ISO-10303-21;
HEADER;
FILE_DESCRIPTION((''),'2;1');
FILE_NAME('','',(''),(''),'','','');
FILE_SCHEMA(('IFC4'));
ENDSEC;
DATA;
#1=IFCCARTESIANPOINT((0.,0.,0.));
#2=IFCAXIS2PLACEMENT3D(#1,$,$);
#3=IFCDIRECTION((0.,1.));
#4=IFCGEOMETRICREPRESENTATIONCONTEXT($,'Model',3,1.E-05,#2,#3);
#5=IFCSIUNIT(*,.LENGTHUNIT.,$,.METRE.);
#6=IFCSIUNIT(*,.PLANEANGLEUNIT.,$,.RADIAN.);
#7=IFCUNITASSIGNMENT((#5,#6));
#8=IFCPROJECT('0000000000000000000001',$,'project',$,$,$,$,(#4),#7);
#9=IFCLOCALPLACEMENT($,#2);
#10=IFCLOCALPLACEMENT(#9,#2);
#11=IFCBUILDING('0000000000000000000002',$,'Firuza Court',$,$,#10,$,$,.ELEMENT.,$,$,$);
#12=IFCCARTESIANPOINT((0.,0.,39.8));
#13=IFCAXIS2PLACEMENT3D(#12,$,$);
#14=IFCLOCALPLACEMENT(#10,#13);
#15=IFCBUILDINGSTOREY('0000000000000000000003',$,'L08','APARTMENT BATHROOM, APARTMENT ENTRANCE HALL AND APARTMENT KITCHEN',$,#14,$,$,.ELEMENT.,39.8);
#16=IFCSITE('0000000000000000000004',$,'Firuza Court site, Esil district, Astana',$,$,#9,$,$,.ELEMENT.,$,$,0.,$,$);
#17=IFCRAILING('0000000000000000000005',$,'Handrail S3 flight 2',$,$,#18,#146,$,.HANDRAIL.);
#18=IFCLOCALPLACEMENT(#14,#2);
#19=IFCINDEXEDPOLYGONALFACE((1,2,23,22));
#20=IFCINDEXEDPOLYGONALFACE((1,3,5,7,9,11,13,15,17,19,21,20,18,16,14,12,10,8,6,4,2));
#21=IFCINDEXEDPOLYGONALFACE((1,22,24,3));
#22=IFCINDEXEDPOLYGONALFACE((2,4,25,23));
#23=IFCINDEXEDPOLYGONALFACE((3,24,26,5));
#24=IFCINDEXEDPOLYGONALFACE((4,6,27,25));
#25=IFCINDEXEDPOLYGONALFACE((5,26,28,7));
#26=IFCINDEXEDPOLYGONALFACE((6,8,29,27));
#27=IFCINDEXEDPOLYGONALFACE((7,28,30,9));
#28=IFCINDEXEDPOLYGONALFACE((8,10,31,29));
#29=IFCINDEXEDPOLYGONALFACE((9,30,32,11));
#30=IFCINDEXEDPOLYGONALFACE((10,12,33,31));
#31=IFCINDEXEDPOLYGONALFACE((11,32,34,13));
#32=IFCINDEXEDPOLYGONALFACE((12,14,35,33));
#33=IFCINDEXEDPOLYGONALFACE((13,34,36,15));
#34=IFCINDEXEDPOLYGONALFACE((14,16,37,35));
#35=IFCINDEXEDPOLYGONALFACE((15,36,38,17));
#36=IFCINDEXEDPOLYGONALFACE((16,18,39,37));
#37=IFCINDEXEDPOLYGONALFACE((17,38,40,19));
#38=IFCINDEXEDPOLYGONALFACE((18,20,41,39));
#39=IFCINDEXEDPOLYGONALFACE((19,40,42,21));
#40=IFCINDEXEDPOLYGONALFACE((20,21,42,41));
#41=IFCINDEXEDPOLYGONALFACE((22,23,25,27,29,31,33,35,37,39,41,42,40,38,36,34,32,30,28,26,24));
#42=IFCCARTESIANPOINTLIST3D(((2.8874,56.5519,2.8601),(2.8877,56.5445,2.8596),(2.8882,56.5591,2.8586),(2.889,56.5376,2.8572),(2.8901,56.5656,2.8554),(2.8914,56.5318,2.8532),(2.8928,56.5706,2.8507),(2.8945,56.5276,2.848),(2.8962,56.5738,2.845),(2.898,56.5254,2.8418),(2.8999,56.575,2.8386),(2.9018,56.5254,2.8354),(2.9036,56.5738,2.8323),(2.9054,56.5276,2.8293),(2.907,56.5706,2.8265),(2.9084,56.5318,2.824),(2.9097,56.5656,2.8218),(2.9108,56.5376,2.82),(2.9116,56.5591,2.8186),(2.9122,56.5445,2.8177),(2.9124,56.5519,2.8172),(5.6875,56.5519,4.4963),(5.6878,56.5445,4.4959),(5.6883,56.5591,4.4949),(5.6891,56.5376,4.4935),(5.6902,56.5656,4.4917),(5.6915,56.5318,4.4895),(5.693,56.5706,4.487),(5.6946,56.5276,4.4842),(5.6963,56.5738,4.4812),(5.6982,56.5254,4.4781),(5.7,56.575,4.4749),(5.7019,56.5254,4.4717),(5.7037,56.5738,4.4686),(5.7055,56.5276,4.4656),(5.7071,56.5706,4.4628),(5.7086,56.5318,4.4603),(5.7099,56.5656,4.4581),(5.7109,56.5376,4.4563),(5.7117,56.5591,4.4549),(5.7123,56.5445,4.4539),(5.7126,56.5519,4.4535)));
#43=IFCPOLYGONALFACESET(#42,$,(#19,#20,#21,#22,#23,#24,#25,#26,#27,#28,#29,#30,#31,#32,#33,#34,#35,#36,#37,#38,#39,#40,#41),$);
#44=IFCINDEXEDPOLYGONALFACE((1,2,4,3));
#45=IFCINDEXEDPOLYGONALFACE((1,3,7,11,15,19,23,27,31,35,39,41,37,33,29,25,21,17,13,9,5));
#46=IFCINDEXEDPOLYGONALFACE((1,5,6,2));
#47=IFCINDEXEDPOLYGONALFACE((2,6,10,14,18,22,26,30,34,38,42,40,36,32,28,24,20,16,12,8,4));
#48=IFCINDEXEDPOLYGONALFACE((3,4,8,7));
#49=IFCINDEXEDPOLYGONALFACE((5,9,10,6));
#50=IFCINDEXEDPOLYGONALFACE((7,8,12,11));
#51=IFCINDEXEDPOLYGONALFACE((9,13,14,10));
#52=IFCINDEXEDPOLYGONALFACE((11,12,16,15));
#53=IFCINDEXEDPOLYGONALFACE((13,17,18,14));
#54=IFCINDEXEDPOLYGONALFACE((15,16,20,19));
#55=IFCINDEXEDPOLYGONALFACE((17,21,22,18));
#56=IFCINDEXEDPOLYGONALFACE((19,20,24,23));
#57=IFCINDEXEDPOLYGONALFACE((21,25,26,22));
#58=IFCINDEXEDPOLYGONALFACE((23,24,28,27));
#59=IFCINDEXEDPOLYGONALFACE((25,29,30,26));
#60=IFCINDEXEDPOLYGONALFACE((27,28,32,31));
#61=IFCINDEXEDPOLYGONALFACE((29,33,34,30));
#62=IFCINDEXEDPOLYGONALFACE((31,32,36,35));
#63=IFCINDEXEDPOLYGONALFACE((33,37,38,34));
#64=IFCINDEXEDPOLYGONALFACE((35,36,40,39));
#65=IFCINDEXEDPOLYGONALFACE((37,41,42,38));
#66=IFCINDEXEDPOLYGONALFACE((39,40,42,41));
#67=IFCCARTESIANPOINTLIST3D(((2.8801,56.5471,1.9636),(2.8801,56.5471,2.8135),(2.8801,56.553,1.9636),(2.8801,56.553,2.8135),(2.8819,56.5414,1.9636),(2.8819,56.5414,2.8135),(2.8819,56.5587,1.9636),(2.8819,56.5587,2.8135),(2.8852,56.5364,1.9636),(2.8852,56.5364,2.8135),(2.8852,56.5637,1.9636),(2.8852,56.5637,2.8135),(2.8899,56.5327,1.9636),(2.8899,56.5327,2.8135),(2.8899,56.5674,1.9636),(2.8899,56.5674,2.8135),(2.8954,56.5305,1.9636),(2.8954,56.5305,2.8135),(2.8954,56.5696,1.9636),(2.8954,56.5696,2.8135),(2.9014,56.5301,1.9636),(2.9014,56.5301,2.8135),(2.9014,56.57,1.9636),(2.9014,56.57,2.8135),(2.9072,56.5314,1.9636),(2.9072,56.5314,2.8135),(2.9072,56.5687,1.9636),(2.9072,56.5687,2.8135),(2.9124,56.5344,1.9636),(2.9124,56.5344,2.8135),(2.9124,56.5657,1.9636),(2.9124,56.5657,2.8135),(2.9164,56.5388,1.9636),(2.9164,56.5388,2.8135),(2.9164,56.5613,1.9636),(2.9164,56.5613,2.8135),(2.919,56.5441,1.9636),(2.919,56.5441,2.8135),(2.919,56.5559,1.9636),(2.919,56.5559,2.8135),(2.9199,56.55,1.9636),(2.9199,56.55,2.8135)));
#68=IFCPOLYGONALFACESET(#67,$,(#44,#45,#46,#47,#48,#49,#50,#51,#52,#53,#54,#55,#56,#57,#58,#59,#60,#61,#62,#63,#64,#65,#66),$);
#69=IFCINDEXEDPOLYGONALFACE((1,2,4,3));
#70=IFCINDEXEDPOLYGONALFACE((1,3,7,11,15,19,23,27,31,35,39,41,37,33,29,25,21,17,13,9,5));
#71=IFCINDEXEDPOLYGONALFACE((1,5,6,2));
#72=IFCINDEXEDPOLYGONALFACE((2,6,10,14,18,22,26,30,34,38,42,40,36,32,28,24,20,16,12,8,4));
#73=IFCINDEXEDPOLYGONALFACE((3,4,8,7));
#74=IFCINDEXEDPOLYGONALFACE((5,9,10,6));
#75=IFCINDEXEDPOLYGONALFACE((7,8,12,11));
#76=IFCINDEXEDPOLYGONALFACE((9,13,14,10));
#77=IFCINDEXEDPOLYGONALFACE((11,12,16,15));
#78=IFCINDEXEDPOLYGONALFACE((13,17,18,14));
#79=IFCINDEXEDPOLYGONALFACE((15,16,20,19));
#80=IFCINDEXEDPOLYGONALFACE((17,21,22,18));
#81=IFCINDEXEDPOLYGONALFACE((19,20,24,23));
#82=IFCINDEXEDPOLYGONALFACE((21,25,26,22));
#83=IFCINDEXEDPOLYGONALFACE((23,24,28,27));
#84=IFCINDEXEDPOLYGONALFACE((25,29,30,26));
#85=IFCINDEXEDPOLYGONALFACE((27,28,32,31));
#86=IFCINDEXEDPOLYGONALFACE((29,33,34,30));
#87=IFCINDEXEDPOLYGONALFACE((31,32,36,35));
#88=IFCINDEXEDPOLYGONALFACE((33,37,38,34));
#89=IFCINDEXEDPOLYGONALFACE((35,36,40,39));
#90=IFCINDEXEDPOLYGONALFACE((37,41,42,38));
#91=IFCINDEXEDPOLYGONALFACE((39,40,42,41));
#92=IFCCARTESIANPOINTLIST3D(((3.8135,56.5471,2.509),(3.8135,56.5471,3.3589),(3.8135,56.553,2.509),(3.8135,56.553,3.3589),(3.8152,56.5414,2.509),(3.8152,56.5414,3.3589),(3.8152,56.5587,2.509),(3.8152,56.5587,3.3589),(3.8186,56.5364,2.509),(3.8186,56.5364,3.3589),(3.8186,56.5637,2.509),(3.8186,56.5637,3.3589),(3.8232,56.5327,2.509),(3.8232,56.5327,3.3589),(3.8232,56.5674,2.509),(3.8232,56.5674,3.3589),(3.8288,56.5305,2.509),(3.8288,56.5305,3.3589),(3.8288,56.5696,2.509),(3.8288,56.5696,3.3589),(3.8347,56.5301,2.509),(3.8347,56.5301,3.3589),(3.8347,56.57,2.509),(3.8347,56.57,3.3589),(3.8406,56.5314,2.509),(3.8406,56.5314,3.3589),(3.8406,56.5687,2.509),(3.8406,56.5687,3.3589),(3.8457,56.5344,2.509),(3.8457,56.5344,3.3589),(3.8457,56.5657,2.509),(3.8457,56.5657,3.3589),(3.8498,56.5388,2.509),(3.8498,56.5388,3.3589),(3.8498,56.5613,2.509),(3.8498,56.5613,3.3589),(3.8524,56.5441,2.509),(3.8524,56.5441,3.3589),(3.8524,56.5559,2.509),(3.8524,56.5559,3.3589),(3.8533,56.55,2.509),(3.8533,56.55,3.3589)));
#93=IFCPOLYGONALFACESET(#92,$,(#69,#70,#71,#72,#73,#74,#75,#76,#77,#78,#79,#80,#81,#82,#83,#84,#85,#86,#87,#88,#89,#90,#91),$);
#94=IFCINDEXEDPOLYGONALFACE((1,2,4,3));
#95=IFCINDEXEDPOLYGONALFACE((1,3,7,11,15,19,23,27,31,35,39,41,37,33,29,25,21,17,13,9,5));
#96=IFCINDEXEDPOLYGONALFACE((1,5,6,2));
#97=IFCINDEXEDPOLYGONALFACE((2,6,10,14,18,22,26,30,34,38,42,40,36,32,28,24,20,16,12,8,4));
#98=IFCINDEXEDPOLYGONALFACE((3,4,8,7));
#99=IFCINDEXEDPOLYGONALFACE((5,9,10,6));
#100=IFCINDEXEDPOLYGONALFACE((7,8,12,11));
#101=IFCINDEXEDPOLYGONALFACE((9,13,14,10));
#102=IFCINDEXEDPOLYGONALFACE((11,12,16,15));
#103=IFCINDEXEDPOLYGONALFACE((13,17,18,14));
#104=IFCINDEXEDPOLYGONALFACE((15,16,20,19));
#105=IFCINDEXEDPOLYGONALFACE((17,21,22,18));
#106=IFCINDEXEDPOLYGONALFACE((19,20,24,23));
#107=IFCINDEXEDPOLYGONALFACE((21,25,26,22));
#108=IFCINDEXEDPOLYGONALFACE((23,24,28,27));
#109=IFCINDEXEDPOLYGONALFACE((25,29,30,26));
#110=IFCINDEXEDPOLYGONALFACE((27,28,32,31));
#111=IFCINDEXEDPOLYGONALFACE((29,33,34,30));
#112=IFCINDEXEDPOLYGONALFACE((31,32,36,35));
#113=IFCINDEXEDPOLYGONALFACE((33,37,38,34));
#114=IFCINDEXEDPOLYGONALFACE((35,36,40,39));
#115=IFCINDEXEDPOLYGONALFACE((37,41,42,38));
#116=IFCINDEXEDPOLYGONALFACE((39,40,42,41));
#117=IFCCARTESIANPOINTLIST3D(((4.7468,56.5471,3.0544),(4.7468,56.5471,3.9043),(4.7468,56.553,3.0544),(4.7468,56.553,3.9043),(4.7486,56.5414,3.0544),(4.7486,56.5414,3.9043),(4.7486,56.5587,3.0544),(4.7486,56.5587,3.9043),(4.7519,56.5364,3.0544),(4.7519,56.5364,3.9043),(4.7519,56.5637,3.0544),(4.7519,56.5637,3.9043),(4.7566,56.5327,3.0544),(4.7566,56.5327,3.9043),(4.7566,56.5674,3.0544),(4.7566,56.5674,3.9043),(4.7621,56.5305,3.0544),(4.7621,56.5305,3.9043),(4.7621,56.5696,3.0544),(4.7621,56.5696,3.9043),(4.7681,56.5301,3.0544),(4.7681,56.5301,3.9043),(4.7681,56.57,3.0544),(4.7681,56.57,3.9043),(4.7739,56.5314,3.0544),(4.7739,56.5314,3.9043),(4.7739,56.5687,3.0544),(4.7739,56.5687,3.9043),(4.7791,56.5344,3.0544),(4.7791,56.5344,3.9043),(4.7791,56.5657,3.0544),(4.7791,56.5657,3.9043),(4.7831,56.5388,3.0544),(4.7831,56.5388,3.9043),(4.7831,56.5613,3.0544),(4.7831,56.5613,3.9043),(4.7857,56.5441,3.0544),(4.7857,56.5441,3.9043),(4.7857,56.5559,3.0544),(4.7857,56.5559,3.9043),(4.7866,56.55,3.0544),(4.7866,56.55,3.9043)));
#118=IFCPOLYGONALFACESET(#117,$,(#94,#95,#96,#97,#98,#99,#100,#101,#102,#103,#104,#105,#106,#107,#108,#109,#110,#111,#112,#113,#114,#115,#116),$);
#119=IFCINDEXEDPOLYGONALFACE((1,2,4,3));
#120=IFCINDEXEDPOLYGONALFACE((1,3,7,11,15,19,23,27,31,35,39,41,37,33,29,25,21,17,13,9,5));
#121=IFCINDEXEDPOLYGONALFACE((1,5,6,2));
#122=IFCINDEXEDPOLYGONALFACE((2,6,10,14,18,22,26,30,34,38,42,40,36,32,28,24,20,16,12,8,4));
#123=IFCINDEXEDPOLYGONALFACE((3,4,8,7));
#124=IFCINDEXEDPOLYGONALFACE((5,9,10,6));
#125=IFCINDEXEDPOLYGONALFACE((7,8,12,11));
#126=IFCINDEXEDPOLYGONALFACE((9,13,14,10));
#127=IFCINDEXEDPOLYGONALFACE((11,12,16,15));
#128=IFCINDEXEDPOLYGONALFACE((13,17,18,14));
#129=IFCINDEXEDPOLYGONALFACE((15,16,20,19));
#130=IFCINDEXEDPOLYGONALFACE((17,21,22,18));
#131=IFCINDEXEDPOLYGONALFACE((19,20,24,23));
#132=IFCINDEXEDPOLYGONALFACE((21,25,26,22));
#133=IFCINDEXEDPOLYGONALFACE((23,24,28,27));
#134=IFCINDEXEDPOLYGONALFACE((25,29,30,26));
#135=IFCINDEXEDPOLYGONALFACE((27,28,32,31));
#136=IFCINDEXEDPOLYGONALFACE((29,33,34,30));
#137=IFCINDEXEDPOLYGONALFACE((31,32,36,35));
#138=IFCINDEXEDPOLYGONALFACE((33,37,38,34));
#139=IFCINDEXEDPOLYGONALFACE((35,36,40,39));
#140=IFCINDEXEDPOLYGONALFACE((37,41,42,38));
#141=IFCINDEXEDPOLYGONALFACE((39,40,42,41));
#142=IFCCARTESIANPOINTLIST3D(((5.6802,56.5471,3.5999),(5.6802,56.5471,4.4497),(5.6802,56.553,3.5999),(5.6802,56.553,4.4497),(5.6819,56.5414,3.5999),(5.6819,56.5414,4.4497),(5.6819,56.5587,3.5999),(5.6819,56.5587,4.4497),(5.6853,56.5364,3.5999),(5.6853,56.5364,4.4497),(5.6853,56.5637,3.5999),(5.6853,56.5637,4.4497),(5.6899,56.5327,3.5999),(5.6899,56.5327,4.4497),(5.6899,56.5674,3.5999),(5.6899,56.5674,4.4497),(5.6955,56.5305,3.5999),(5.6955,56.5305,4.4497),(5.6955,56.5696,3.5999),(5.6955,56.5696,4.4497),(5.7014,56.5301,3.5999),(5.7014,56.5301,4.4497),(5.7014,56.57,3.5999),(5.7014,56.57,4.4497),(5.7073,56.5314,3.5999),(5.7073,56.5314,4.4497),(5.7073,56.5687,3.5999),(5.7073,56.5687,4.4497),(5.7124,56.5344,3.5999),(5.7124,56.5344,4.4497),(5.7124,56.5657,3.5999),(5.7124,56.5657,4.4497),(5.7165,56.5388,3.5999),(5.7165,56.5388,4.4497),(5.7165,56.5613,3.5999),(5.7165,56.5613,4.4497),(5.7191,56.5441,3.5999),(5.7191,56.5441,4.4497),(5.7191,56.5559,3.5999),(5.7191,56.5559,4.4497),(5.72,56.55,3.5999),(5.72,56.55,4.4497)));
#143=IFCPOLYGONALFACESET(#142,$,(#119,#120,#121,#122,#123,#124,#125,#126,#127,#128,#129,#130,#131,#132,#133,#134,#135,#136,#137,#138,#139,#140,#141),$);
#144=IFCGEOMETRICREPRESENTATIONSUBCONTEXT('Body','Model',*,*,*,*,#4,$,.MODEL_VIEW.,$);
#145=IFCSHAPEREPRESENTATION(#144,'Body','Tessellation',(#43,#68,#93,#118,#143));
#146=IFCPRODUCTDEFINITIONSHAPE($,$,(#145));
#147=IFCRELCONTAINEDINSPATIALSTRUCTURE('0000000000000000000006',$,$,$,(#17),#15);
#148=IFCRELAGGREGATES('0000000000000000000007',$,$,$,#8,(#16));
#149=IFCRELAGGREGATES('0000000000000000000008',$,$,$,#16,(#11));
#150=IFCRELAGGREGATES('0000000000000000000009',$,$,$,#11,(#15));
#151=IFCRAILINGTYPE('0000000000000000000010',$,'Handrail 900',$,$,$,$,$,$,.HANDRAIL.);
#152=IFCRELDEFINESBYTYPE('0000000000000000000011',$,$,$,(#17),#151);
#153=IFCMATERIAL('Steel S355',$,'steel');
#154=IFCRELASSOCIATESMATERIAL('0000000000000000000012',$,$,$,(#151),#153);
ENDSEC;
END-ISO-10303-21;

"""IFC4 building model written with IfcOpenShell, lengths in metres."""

from ifc_helpers import new_model, si_unit, direction, frame, origin, origin_2d, place, context, subcontext, project, spatial, circle, extrude, material, type_object, element, save


model = new_model("IFC4")

# Units and contexts
model_context = context("Model", 3, precision=1e-05, world=origin(), true_north=direction((0.0, 1.0)))
body_context = subcontext(model_context, "Body", "Model", "MODEL_VIEW")
ifc_project = project(units=[si_unit("LENGTHUNIT", "METRE"), si_unit("PLANEANGLEUNIT", "RADIAN")], contexts=[model_context])

# Site, building, storey
site_placement = place(None, origin())
site = spatial("IfcSite", under=ifc_project, at=site_placement, Name="Firuza Court site, Esil district, Astana", CompositionType="ELEMENT", RefElevation=0.0)
building_placement = place(site_placement, origin())
building = spatial("IfcBuilding", under=site, at=building_placement, Name="Firuza Court", CompositionType="ELEMENT")
storey_placement = place(building_placement, frame((0.0, 0.0, 39.8)))
storey = spatial("IfcBuildingStorey", under=building, at=storey_placement, Name="L08", Description="APARTMENT BATHROOM, APARTMENT ENTRANCE HALL AND APARTMENT KITCHEN", CompositionType="ELEMENT", Elevation=39.8)

# Railing
ifc_material_1 = material(Name="Steel S355", Category="steel")
railing_type_1 = type_object("IfcRailingType", Name="Handrail 900", PredefinedType="HANDRAIL", material=ifc_material_1)
railing_1_placement = place(storey_placement, frame((2.8999, 56.55, 1.9636)))
element("IfcRailing", 1, at=railing_1_placement, inside=storey, type_object=railing_type_1, Name="Handrail S3 flight 2", PredefinedType="HANDRAIL", context=body_context, shape_type="SweptSolid", body=[
    extrude(circle(Radius=0.0249, at=origin_2d()), frame((0.0, 0.0, 0.875), z_axis=(0.863394, 0.0, 0.504531), x_axis=(0.0, 1.0, 0.0)), (0.0, 0.0, 1.0), 3.2432),
    extrude(circle(Radius=0.02, at=origin_2d()), origin(), (0.0, 0.0, 1.0), 0.8499),
    extrude(circle(Radius=0.02, at=origin_2d()), frame((0.9333, 0.0, 0.5454)), (0.0, 0.0, 1.0), 0.8499),
    extrude(circle(Radius=0.02, at=origin_2d()), frame((1.8667, 0.0, 1.0908)), (0.0, 0.0, 1.0), 0.8499),
    extrude(circle(Radius=0.02, at=origin_2d()), frame((2.8, 0.0, 1.6362)), (0.0, 0.0, 1.0), 0.8499),
])

save(model, "model.ifc")
